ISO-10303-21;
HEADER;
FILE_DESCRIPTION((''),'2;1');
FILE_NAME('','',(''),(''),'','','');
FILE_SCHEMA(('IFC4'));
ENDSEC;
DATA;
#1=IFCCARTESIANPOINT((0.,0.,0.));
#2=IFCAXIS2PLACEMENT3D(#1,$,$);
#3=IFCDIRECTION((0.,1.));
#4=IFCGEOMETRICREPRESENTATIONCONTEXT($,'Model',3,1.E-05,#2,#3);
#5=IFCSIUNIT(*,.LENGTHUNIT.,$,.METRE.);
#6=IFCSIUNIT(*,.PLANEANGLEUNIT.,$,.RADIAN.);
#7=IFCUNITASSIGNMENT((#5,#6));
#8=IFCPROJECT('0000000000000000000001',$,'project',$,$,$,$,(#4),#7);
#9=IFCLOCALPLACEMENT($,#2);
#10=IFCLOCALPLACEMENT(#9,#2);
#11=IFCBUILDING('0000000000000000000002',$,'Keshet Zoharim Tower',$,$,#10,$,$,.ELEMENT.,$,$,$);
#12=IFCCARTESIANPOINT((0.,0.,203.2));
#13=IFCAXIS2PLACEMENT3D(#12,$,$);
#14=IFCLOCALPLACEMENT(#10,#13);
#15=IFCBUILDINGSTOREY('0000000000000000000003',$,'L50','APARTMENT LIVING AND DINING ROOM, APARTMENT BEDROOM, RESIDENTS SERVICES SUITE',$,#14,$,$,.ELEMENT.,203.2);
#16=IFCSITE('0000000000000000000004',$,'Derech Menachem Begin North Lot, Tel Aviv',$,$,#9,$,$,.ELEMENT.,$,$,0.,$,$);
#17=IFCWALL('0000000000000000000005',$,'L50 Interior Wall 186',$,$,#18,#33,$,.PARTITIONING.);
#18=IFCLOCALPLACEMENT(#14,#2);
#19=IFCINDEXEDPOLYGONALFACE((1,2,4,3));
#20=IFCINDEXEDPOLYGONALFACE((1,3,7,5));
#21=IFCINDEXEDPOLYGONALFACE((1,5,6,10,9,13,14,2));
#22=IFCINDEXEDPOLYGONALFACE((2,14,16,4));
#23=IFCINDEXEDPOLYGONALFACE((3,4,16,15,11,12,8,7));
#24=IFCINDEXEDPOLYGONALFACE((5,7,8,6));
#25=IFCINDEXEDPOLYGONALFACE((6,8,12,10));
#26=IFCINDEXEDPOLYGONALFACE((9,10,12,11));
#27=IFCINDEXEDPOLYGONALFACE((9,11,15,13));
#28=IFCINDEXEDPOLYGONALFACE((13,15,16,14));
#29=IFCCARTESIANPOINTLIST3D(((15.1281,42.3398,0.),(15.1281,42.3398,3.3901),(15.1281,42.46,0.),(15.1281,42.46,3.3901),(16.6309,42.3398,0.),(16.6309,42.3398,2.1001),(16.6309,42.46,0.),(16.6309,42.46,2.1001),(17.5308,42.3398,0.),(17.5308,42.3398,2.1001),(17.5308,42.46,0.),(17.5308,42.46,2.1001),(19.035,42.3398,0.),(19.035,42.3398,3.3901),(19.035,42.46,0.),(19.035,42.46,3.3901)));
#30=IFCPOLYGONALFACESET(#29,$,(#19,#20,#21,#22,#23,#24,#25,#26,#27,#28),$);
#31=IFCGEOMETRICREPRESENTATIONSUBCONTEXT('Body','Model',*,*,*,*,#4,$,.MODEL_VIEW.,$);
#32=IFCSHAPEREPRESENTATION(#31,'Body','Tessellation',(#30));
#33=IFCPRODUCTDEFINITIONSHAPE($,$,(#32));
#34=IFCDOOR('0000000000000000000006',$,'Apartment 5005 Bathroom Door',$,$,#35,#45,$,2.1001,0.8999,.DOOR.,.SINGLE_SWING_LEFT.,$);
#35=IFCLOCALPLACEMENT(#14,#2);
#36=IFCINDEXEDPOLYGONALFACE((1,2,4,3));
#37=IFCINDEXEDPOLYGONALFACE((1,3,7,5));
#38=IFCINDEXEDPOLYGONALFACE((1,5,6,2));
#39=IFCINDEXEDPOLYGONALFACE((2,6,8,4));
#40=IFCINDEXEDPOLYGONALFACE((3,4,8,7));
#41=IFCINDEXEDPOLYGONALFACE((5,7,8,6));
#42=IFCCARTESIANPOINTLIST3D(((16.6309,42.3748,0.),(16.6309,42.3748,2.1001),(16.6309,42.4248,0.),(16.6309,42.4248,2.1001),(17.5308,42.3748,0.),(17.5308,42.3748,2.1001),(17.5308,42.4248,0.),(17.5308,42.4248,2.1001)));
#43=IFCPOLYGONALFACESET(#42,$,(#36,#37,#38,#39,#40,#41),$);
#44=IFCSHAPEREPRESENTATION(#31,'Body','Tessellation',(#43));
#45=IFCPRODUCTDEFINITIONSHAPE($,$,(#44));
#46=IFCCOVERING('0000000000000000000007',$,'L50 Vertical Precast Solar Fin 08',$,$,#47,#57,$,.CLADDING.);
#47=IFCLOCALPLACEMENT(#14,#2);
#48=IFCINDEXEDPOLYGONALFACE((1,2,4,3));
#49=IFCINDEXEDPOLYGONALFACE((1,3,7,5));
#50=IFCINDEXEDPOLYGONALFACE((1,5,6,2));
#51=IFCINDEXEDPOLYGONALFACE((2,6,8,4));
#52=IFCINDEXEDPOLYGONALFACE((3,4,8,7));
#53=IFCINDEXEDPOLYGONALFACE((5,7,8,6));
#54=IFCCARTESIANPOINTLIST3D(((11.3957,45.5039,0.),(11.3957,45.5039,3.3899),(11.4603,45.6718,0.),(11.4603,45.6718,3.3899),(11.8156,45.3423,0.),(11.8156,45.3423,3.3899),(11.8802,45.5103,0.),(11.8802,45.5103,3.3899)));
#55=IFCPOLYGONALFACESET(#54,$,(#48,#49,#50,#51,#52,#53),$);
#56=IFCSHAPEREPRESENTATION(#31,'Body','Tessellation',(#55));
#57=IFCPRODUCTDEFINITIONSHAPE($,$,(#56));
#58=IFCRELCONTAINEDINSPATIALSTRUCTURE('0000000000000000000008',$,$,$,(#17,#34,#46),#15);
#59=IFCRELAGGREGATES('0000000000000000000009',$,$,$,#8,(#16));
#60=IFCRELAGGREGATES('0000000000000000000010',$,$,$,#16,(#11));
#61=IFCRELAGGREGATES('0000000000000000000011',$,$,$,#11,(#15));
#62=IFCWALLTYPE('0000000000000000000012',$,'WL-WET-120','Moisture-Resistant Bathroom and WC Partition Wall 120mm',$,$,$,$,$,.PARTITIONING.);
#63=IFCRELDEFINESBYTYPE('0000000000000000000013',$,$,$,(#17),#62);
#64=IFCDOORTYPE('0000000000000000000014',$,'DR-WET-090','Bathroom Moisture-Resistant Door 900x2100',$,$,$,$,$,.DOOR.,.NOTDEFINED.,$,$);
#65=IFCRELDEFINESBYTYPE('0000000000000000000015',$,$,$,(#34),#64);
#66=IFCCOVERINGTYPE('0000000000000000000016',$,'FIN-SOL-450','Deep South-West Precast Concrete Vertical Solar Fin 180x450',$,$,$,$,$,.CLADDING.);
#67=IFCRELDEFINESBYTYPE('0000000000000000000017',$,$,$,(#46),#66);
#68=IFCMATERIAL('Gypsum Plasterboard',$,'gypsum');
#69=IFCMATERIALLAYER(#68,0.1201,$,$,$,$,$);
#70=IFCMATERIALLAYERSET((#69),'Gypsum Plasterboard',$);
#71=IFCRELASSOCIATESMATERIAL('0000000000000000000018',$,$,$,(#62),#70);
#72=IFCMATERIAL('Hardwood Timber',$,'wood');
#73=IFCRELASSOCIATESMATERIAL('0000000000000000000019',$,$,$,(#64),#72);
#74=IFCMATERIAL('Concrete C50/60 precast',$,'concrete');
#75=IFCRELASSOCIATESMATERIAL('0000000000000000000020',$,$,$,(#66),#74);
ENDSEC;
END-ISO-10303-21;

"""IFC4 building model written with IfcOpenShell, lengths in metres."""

from ifc_helpers import new_model, si_unit, direction, frame, frame_2d, origin, origin_2d, place, context, subcontext, project, spatial, rectangle, extrude, material, layer, layer_set, type_object, element, fill, save


model = new_model("IFC4")

# Units and contexts
model_context = context("Model", 3, precision=1e-05, world=origin(), true_north=direction((0.0, 1.0)))
body_context = subcontext(model_context, "Body", "Model", "MODEL_VIEW")
ifc_project = project(units=[si_unit("LENGTHUNIT", "METRE"), si_unit("PLANEANGLEUNIT", "RADIAN")], contexts=[model_context])

# Site, building, storey
site_placement = place(None, origin())
site = spatial("IfcSite", under=ifc_project, at=site_placement, Name="Derech Menachem Begin North Lot, Tel Aviv", CompositionType="ELEMENT", RefElevation=0.0)
building_placement = place(site_placement, origin())
building = spatial("IfcBuilding", under=site, at=building_placement, Name="Keshet Zoharim Tower", CompositionType="ELEMENT")
storey_placement = place(building_placement, frame((0.0, 0.0, 203.2)))
storey = spatial("IfcBuildingStorey", under=building, at=storey_placement, Name="L50", Description="APARTMENT LIVING AND DINING ROOM, APARTMENT BEDROOM, RESIDENTS SERVICES SUITE", CompositionType="ELEMENT", Elevation=203.2)

# Shared definitions
ifc_material_1 = material(Name="Gypsum Plasterboard", Category="gypsum")

# Shared definitions
ifc_material_2 = material(Name="Hardwood Timber", Category="wood")

# Shared definitions
ifc_layer_1 = layer(ifc_material_1, 0.1201)
ifc_layer_set_1 = layer_set([ifc_layer_1], Name="Gypsum Plasterboard")
wall_type_1 = type_object("IfcWallType", Name="WL-WET-120", Description="Moisture-Resistant Bathroom and WC Partition Wall 120mm", PredefinedType="PARTITIONING", material=ifc_layer_set_1)

# Wall, opening, door
wall_1_placement = place(storey_placement, frame((15.1279, 42.3999, 0.0), z_axis=(0.0, 0.0, 1.0), x_axis=(1.0, 0.0, 0.0)))
wall_1 = element("IfcWall", 1, at=wall_1_placement, inside=storey, type_object=wall_type_1, Name="L50 Interior Wall 186", PredefinedType="PARTITIONING", context=body_context, shape_type="SweptSolid", body=[
    extrude(rectangle(XDim=3.907, YDim=0.1201, at=frame_2d((1.9536, 0.0))), origin(), (0.0, 0.0, 1.0), 3.3901),
])
opening_1_placement = place(wall_1_placement, frame((1.5029, 0.0, 0.0)))
opening_1 = element("IfcOpeningElement", 2, at=opening_1_placement, cuts=wall_1, PredefinedType="OPENING", context=body_context, shape_type="SweptSolid", body=[
    extrude(rectangle(XDim=0.8999, YDim=2.1001, at=frame_2d((0.45, 1.05))), frame((0.0, 0.0701, 0.0), z_axis=(0.0, -1.0, 0.0), x_axis=(1.0, 0.0, 0.0)), (0.0, 0.0, 1.0), 0.1401),
])
door_type_1 = type_object("IfcDoorType", Name="DR-WET-090", Description="Bathroom Moisture-Resistant Door 900x2100", OperationType="NOTDEFINED", PredefinedType="DOOR", material=ifc_material_2)
door_1_placement = place(opening_1_placement, origin())
door_1 = element("IfcDoor", 3, at=door_1_placement, inside=storey, type_object=door_type_1, Name="Apartment 5005 Bathroom Door", OperationType="SINGLE_SWING_LEFT", OverallHeight=2.1001, OverallWidth=0.8999, PredefinedType="DOOR", context=body_context, shape_type="SweptSolid", body=[
    extrude(rectangle(XDim=0.8999, YDim=2.1001, at=frame_2d((0.45, 1.05))), frame((0.0, 0.0249, 0.0), z_axis=(0.0, -1.0, 0.0), x_axis=(1.0, 0.0, 0.0)), (0.0, 0.0, 1.0), 0.05),
])
fill(opening_1, door_1)

# Covering
ifc_material_3 = material(Name="Concrete C50/60 precast", Category="concrete")
covering_type = type_object("IfcCoveringType", Name="FIN-SOL-450", Description="Deep South-West Precast Concrete Vertical Solar Fin 180x450", PredefinedType="CLADDING", material=ifc_material_3)
covering_placement = place(storey_placement, frame((11.6379, 45.5071, 0.0), z_axis=(0.0, 0.0, 1.0), x_axis=(0.35899, 0.933341, 0.0)))
element("IfcCovering", 4, at=covering_placement, inside=storey, type_object=covering_type, Name="L50 Vertical Precast Solar Fin 08", PredefinedType="CLADDING", context=body_context, shape_type="SweptSolid", body=[
    extrude(rectangle(XDim=0.1799, YDim=0.45, at=origin_2d()), origin(), (0.0, 0.0, 1.0), 3.3899),
])

save(model, "model.ifc")
